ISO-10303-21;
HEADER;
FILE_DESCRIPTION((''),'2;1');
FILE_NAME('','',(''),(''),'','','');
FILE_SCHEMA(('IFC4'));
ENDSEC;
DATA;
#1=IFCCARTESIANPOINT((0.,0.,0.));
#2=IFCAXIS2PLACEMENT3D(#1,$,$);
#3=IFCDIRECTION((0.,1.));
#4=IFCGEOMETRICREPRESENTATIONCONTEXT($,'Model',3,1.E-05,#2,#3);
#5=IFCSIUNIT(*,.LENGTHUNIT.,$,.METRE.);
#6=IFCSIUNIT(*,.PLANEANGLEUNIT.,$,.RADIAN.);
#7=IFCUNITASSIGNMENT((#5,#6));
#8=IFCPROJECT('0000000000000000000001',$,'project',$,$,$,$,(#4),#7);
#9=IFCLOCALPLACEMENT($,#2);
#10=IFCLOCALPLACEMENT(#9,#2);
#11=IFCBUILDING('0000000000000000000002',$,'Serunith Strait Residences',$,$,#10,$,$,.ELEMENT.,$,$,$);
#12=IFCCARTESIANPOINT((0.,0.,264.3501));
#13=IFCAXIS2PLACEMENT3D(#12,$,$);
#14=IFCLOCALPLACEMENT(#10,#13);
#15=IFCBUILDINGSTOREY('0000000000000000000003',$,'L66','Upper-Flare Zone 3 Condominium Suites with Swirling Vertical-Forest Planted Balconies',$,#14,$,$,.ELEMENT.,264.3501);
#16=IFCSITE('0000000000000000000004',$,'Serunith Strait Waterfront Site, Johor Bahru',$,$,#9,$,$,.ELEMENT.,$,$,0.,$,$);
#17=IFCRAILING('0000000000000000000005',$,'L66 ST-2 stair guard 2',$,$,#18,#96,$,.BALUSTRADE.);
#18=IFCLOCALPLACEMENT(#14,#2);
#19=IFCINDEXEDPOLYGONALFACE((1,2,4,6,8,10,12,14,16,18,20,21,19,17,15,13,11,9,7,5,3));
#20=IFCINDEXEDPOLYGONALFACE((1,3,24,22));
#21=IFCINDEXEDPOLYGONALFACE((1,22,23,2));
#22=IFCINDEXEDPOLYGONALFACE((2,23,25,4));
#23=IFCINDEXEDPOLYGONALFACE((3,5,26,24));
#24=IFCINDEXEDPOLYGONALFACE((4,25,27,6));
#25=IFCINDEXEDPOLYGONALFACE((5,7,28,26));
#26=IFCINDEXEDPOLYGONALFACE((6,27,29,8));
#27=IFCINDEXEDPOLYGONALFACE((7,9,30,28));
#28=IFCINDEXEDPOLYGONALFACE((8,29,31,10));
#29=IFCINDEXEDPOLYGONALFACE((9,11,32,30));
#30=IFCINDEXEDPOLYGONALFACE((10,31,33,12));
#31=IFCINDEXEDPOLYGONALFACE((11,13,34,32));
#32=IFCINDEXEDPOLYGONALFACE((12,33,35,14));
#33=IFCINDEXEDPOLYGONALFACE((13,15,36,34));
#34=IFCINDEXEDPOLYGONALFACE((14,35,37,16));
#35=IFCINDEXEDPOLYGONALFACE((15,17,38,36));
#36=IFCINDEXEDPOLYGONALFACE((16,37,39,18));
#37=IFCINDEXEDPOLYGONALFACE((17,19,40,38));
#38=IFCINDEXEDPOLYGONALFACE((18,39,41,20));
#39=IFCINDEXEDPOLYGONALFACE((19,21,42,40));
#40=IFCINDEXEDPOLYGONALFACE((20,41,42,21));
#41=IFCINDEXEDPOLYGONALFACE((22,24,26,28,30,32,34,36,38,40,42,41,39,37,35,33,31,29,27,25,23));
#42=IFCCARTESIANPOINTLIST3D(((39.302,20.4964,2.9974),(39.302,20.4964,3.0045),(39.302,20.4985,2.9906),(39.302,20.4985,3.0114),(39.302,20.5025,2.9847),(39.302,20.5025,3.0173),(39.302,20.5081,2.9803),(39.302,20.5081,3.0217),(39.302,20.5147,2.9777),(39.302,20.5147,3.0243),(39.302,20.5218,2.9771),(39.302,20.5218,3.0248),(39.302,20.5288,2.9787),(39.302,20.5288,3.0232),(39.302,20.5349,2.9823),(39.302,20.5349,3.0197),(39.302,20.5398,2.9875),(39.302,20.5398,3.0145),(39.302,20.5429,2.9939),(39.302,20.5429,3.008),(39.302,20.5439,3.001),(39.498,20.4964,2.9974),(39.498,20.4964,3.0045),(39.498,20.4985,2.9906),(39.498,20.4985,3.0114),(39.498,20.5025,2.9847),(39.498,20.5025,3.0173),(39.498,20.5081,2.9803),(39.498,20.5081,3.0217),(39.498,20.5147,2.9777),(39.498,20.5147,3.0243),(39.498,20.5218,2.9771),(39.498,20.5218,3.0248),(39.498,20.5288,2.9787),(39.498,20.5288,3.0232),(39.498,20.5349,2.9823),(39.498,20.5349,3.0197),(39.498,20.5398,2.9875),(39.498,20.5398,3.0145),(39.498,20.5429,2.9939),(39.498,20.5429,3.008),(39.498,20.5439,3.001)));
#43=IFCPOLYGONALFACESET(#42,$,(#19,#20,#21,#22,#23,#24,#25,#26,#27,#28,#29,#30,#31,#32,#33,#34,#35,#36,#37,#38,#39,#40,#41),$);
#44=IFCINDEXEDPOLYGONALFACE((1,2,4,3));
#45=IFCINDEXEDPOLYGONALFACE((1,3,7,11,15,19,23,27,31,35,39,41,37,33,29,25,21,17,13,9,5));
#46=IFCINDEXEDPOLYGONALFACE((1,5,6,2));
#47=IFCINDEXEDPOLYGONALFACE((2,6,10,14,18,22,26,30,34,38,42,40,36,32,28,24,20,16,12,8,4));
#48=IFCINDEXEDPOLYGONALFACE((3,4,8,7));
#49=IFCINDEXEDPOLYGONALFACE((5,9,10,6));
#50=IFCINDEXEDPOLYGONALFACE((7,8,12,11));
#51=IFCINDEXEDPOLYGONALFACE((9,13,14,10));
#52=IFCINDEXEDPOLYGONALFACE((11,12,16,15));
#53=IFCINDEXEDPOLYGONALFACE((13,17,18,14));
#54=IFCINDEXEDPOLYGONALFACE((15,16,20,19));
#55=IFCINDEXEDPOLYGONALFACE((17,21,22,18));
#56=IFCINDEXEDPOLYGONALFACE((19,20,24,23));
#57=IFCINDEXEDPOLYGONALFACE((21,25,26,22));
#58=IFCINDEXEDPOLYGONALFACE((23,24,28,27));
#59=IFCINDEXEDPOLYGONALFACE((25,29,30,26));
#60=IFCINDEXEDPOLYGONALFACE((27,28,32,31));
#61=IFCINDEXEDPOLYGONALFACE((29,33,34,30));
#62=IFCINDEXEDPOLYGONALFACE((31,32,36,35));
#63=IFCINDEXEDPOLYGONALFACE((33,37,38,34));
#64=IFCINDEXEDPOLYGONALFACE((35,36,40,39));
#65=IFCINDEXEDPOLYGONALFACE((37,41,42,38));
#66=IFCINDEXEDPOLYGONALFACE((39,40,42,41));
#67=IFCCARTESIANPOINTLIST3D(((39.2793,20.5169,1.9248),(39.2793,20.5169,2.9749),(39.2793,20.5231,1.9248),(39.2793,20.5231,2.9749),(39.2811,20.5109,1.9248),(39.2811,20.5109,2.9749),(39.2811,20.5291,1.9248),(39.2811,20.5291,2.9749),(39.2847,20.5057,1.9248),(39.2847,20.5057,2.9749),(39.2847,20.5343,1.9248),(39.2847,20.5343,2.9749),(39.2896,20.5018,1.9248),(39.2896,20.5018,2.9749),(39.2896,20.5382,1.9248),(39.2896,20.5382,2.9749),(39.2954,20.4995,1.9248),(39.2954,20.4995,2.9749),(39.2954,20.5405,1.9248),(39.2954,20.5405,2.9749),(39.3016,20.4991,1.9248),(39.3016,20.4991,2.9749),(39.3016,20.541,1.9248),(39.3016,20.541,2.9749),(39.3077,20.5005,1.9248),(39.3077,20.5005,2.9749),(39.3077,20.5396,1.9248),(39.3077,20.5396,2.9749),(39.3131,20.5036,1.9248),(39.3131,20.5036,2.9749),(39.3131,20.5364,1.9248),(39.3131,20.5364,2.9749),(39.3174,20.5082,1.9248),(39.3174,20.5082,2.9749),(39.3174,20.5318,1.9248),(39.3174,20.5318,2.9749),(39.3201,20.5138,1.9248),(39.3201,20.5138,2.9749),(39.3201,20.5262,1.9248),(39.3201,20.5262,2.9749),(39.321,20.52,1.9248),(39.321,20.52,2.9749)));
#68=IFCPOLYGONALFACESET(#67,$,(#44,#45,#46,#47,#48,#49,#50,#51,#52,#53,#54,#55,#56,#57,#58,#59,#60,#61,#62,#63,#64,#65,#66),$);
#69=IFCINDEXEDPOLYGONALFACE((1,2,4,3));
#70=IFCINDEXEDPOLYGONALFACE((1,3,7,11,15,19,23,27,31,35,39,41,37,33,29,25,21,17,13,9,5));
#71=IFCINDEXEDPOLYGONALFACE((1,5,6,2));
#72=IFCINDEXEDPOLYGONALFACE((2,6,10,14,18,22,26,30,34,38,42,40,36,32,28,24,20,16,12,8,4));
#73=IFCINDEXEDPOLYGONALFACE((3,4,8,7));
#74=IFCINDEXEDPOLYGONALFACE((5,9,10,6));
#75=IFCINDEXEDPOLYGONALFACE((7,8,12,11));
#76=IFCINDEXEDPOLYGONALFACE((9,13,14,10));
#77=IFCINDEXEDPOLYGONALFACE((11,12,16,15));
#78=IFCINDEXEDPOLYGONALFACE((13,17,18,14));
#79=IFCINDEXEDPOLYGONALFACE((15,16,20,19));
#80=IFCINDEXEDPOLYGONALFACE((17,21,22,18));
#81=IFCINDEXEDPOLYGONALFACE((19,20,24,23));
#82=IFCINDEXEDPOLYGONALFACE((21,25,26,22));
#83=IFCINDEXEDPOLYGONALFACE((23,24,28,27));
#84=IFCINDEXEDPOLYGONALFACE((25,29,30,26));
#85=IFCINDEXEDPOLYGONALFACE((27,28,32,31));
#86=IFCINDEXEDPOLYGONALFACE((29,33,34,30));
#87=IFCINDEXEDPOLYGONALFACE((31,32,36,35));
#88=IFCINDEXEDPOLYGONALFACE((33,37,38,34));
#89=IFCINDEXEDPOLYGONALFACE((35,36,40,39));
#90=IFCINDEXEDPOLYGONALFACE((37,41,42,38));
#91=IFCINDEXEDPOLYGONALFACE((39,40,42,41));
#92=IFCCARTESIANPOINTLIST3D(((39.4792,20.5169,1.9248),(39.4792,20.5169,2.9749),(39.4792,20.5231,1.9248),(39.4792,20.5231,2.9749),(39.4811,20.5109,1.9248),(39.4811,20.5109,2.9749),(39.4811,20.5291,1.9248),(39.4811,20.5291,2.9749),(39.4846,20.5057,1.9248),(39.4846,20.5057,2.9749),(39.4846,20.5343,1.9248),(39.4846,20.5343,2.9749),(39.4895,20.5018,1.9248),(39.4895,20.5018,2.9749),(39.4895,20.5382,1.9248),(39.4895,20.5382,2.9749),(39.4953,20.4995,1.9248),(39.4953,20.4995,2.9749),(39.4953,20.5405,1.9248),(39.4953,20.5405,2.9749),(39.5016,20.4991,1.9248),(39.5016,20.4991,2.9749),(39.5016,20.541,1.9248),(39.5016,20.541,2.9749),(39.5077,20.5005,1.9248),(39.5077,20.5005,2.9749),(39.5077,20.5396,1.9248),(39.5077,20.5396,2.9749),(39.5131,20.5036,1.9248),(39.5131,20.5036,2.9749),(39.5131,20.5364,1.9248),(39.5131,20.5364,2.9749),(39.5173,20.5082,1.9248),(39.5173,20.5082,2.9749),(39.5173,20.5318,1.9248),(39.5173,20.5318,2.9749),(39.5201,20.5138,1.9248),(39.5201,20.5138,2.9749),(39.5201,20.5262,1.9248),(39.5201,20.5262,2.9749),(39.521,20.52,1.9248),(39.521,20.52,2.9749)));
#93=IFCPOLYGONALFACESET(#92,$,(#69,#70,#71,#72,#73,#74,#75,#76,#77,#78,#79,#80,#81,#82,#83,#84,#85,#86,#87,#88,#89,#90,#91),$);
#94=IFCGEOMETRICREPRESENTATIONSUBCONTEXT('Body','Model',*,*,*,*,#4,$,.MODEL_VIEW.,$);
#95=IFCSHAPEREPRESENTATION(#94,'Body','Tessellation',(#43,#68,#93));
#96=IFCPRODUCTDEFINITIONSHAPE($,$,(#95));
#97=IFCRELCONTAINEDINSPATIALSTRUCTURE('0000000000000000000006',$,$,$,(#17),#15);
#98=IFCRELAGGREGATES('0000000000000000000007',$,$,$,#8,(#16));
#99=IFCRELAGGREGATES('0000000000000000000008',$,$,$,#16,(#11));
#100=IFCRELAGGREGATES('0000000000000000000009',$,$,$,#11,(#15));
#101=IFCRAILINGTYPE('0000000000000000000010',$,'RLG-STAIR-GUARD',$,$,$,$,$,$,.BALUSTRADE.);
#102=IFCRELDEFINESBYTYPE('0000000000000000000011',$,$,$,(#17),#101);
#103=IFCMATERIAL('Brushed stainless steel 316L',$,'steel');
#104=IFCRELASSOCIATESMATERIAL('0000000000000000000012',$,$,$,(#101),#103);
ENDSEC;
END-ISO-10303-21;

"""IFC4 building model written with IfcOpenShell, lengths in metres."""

from ifc_helpers import new_model, si_unit, direction, frame, origin, origin_2d, place, context, subcontext, project, spatial, circle, extrude, material, type_object, element, save


model = new_model("IFC4")

# Units and contexts
model_context = context("Model", 3, precision=1e-05, world=origin(), true_north=direction((0.0, 1.0)))
body_context = subcontext(model_context, "Body", "Model", "MODEL_VIEW")
ifc_project = project(units=[si_unit("LENGTHUNIT", "METRE"), si_unit("PLANEANGLEUNIT", "RADIAN")], contexts=[model_context])

# Site, building, storey
site_placement = place(None, origin())
site = spatial("IfcSite", under=ifc_project, at=site_placement, Name="Serunith Strait Waterfront Site, Johor Bahru", CompositionType="ELEMENT", RefElevation=0.0)
building_placement = place(site_placement, origin())
building = spatial("IfcBuilding", under=site, at=building_placement, Name="Serunith Strait Residences", CompositionType="ELEMENT")
storey_placement = place(building_placement, frame((0.0, 0.0, 264.3501)))
storey = spatial("IfcBuildingStorey", under=building, at=storey_placement, Name="L66", Description="Upper-Flare Zone 3 Condominium Suites with Swirling Vertical-Forest Planted Balconies", CompositionType="ELEMENT", Elevation=264.3501)

# Railing
ifc_material_1 = material(Name="Brushed stainless steel 316L", Category="steel")
railing_type_1 = type_object("IfcRailingType", Name="RLG-STAIR-GUARD", PredefinedType="BALUSTRADE", material=ifc_material_1)
railing_1_placement = place(storey_placement, frame((39.3, 20.52, 1.9248)))
element("IfcRailing", 1, at=railing_1_placement, inside=storey, type_object=railing_type_1, Name="L66 ST-2 stair guard 2", PredefinedType="BALUSTRADE", context=body_context, shape_type="SweptSolid", body=[
    extrude(circle(Radius=0.0239, at=origin_2d()), frame((0.002, 0.0, 1.0762), z_axis=(1.0, 0.0, 0.0), x_axis=(0.0, 1.0, 0.0)), (0.0, 0.0, 1.0), 0.196),
    extrude(circle(Radius=0.021, at=origin_2d()), origin(), (0.0, 0.0, 1.0), 1.05),
    extrude(circle(Radius=0.021, at=origin_2d()), frame((0.2, 0.0, 0.0)), (0.0, 0.0, 1.0), 1.05),
])

save(model, "model.ifc")
